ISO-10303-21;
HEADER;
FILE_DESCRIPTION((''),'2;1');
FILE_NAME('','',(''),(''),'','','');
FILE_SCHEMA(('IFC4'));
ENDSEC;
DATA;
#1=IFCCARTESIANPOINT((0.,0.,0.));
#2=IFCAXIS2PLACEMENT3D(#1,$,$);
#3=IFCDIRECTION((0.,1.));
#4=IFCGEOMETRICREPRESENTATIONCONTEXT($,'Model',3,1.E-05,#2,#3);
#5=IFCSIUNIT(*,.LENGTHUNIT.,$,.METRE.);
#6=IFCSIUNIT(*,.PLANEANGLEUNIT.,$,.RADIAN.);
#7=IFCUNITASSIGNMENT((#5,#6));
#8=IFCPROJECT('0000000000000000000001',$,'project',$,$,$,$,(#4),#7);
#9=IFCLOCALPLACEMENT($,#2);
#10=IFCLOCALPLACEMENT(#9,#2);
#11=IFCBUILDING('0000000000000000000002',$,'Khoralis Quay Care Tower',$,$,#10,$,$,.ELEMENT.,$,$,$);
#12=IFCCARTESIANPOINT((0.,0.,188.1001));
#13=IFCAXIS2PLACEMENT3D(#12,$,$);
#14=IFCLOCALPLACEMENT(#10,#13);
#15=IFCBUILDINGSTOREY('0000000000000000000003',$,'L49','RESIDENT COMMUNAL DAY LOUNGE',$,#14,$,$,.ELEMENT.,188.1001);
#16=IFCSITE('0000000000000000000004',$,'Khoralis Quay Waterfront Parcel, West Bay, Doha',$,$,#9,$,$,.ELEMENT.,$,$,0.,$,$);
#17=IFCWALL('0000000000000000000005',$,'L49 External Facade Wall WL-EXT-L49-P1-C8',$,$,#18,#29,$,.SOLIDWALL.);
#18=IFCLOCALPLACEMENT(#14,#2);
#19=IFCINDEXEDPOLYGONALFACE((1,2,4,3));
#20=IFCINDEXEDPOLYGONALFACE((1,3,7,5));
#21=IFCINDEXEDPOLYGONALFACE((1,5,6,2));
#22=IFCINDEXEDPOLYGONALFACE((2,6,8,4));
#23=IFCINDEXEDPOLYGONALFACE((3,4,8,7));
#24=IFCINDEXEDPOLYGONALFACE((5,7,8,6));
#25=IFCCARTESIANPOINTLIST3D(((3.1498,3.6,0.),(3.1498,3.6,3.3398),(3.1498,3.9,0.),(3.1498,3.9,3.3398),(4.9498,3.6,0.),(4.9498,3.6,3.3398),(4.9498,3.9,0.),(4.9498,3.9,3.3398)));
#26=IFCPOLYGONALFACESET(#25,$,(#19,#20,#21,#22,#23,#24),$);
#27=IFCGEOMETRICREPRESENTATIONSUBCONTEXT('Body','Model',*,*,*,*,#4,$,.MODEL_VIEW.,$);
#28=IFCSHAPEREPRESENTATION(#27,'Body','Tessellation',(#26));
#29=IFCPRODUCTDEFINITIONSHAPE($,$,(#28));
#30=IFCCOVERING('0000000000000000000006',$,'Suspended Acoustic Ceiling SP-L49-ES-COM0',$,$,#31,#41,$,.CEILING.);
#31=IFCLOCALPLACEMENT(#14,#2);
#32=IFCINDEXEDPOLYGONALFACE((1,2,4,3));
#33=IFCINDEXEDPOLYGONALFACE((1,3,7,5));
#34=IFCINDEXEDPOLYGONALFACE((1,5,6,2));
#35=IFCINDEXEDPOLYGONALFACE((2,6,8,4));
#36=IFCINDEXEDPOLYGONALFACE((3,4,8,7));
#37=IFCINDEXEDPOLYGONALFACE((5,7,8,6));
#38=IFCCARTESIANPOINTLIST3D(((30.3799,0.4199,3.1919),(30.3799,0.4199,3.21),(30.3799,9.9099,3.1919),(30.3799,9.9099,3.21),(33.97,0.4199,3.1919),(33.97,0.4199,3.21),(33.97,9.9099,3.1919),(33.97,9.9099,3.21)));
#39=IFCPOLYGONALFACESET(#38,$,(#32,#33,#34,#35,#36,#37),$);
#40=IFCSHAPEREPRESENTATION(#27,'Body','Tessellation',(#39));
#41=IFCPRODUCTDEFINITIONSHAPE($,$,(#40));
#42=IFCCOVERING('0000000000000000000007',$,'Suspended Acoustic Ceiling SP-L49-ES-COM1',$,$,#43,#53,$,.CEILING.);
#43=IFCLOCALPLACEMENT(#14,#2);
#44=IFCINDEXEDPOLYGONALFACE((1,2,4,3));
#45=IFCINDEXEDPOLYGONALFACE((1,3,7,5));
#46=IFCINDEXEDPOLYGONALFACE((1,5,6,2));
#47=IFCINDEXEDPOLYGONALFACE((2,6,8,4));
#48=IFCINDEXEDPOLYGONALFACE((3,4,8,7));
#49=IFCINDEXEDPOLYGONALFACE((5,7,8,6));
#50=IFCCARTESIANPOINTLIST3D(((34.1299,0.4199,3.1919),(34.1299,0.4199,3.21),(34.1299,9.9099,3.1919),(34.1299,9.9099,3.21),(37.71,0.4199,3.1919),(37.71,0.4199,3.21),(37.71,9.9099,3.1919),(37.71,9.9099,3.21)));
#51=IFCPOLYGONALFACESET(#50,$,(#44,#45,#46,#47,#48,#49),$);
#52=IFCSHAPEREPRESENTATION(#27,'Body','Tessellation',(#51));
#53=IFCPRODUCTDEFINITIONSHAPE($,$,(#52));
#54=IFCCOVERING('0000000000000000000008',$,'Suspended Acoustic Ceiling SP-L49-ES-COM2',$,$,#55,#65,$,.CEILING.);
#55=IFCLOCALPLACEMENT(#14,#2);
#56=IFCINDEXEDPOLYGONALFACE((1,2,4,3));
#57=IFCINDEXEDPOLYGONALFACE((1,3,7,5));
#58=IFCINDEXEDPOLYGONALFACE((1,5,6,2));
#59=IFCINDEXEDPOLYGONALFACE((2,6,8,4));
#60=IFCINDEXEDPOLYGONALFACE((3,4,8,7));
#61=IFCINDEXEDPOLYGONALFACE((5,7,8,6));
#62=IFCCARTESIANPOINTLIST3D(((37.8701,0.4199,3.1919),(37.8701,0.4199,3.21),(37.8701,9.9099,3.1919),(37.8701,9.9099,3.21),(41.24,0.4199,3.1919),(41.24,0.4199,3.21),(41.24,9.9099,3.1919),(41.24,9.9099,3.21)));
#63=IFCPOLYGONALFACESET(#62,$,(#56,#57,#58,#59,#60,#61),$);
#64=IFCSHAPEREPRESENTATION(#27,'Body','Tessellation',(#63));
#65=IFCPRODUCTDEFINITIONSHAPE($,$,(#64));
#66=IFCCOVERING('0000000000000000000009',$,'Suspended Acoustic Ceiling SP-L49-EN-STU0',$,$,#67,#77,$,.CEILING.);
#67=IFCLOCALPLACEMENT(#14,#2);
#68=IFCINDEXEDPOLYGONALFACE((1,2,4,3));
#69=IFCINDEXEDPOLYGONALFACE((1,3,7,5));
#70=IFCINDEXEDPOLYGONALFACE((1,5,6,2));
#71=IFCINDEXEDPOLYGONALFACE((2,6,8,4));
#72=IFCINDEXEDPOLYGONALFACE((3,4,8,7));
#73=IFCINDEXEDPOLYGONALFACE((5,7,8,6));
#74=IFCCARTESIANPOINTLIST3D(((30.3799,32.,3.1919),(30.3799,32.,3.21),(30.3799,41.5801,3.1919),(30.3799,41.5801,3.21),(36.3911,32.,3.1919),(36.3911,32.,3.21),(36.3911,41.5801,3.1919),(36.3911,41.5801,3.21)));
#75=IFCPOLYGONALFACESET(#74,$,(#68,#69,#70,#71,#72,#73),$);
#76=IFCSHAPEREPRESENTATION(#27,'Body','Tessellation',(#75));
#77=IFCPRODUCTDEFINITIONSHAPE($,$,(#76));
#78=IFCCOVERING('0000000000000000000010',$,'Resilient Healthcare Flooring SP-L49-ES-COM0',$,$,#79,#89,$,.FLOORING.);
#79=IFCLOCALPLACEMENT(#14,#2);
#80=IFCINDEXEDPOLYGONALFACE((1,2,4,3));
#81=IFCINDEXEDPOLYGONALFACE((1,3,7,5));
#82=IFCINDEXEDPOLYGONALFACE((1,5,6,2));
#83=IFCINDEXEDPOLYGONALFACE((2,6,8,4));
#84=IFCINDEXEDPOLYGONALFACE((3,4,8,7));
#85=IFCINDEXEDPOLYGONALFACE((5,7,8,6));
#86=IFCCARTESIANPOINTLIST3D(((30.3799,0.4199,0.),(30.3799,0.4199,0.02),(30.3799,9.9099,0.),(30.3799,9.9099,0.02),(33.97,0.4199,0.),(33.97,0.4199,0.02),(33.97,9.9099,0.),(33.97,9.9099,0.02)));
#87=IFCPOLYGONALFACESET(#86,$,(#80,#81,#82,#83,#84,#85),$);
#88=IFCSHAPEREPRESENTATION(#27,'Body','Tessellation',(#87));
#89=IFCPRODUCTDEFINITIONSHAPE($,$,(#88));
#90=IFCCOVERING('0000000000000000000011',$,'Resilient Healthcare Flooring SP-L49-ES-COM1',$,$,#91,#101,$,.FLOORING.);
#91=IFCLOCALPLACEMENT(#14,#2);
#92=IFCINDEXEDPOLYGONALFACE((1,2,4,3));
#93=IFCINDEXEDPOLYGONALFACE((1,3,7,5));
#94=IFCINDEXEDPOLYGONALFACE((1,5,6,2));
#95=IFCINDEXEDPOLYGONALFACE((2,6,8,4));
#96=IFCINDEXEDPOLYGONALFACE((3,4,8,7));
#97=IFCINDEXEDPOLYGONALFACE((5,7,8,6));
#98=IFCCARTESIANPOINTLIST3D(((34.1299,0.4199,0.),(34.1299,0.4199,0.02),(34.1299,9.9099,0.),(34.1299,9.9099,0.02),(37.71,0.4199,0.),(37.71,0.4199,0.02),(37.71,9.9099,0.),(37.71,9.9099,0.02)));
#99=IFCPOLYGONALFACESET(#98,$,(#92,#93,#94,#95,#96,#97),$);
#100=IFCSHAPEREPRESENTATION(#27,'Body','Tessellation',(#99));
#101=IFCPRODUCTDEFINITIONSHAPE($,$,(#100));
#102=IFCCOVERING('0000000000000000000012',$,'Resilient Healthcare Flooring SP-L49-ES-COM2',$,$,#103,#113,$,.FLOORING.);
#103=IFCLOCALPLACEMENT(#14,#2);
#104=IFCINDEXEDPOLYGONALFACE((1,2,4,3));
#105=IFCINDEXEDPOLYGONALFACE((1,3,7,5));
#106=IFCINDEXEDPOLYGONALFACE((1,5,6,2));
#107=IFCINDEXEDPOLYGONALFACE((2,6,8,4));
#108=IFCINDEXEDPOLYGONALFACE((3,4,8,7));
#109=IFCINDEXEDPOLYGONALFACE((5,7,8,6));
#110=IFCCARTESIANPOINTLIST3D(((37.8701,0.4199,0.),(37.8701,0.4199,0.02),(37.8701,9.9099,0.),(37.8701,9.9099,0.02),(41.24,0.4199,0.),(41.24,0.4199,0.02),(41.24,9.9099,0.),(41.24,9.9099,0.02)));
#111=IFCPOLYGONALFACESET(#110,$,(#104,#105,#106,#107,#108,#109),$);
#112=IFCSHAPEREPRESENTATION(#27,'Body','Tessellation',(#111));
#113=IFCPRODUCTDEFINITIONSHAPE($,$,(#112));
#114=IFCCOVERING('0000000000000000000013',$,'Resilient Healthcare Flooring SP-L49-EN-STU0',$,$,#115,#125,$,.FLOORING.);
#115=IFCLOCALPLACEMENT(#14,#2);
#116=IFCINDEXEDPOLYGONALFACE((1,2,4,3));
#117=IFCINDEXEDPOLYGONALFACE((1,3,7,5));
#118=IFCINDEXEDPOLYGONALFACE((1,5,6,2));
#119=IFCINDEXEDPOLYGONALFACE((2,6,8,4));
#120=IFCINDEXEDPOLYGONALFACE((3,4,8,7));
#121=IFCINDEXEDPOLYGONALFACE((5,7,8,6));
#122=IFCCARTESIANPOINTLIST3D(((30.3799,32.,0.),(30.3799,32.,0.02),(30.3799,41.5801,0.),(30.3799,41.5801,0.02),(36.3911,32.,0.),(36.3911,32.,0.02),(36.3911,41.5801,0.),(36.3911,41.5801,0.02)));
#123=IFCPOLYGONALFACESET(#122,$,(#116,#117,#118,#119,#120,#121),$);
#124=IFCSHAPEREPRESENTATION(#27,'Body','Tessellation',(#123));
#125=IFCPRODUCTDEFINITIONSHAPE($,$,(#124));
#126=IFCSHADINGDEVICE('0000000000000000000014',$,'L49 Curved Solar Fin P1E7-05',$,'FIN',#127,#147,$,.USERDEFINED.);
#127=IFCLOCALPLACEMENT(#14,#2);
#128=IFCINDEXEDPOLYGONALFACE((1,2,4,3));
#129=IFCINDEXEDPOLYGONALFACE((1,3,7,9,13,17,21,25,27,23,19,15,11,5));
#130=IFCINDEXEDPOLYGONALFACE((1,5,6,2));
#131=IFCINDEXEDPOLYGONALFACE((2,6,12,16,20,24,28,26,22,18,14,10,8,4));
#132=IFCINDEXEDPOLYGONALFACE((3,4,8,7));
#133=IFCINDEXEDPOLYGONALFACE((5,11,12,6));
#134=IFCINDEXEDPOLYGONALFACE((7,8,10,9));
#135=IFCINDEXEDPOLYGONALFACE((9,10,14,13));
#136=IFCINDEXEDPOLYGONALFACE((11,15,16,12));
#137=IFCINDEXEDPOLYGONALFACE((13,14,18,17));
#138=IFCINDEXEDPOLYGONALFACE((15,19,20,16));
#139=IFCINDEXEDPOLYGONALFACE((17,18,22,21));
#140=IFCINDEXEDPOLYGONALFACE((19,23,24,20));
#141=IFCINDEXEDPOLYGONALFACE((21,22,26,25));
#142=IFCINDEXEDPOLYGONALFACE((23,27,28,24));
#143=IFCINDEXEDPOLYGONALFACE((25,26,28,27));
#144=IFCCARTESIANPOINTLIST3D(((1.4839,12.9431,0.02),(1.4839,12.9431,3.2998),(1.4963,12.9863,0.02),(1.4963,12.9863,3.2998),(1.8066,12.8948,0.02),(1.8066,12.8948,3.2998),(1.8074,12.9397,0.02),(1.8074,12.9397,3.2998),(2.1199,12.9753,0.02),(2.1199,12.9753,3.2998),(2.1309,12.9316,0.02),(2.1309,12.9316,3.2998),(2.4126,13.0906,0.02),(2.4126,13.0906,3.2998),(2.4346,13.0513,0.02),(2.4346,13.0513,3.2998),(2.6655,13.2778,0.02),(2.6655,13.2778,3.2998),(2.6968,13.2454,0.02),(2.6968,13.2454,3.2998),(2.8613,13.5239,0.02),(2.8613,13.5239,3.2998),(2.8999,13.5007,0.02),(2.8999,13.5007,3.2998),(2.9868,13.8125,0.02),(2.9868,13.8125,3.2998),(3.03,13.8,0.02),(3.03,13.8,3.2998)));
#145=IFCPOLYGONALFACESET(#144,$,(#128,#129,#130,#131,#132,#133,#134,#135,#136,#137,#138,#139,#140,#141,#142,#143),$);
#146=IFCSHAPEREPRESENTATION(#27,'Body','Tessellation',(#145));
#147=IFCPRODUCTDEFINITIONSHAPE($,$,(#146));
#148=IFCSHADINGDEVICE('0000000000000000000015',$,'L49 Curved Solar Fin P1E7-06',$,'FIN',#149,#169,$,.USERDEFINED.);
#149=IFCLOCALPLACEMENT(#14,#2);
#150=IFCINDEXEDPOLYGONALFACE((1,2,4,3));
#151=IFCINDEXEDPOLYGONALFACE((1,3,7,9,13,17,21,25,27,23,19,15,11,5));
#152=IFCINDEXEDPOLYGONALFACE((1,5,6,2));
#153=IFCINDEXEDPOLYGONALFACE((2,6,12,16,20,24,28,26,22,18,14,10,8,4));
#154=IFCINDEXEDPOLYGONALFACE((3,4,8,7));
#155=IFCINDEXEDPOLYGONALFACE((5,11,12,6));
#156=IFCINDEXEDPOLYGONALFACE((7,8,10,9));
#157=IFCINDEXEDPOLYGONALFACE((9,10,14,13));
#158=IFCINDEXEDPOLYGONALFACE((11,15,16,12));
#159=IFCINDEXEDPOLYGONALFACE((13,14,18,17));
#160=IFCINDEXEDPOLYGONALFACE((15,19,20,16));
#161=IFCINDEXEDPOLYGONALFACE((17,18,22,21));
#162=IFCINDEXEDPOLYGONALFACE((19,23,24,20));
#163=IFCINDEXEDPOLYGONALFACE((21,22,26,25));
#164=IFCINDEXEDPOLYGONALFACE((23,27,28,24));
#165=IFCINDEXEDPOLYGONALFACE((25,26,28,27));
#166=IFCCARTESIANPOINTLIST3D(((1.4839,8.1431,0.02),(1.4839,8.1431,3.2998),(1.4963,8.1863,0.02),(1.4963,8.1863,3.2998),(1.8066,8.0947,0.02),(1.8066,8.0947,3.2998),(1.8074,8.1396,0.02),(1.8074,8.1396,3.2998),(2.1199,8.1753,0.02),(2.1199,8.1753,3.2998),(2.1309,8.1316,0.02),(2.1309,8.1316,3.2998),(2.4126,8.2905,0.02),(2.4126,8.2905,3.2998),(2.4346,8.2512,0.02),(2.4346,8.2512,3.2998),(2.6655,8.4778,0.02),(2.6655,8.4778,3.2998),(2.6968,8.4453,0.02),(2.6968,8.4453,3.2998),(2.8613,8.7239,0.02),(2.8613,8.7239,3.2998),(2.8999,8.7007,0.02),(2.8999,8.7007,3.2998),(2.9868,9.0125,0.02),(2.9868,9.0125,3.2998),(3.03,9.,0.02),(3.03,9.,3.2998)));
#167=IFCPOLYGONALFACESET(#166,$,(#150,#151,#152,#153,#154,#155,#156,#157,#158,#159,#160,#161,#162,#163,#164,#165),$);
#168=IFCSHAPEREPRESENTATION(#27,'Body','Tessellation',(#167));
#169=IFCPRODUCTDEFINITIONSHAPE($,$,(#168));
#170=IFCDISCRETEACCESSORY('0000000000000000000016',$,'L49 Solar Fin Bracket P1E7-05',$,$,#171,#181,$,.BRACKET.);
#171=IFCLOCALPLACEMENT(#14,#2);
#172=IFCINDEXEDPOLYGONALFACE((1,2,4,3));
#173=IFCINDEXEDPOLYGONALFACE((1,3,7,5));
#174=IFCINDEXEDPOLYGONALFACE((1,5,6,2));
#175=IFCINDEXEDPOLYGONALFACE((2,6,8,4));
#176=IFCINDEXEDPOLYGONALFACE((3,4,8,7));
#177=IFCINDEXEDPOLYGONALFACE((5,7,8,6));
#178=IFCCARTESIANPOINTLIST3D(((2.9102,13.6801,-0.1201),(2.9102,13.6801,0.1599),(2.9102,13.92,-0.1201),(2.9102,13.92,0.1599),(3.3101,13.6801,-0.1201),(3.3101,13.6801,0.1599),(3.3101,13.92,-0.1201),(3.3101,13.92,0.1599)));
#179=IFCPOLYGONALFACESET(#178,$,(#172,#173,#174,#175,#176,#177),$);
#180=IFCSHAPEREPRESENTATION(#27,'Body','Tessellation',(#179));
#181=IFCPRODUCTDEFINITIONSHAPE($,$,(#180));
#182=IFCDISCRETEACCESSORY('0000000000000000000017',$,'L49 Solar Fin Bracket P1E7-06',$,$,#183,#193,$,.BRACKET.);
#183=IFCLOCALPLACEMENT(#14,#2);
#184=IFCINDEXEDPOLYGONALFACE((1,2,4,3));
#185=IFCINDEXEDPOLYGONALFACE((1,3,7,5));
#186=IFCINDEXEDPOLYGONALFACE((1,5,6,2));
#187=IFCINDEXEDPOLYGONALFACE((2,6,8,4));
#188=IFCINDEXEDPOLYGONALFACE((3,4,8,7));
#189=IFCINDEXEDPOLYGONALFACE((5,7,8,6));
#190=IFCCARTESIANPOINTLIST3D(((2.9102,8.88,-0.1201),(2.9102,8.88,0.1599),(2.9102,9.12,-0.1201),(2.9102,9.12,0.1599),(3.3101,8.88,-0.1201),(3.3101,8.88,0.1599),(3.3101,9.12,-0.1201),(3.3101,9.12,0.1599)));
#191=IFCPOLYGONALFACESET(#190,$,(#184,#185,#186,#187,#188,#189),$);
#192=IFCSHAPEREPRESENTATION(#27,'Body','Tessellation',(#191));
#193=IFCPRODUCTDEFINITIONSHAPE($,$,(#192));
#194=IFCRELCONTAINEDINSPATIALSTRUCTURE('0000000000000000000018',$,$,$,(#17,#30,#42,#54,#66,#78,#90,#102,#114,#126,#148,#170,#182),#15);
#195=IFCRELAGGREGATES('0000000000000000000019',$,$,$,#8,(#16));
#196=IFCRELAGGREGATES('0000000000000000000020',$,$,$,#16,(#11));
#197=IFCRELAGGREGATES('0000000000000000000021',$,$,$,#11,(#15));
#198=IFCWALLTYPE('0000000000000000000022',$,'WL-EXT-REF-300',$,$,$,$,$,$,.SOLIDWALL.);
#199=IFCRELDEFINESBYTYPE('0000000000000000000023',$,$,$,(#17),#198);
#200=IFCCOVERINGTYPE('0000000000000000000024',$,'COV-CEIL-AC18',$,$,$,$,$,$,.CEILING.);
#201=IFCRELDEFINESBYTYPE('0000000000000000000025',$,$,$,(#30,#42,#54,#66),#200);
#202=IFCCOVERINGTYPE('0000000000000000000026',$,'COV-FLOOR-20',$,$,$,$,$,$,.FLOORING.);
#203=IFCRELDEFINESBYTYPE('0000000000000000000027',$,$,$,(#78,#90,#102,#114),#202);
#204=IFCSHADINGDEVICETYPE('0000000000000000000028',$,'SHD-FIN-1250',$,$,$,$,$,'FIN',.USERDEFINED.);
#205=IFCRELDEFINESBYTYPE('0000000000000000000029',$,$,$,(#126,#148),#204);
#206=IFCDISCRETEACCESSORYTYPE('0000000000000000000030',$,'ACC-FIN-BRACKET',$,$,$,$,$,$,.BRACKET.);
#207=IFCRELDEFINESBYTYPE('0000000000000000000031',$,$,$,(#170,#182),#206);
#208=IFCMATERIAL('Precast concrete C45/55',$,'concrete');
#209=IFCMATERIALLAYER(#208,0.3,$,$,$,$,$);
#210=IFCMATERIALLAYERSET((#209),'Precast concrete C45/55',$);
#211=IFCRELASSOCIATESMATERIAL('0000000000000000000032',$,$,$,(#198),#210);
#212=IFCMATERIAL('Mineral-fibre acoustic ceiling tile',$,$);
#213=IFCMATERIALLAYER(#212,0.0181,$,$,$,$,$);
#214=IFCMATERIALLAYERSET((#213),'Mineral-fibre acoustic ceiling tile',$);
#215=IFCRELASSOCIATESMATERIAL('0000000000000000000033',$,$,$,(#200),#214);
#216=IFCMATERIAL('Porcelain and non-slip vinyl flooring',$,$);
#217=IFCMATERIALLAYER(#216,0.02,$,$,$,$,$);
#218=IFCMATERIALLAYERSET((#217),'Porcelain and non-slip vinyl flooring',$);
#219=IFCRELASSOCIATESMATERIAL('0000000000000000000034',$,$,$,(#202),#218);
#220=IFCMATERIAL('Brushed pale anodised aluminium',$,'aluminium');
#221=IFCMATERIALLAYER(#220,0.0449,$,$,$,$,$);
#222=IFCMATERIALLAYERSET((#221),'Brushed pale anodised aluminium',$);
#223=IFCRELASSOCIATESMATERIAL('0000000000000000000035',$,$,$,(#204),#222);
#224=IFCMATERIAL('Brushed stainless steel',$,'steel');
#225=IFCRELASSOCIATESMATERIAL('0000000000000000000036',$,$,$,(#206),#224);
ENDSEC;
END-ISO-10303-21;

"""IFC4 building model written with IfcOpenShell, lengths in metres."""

from ifc_helpers import new_model, si_unit, direction, frame, frame_2d, origin, origin_2d, place, context, subcontext, project, spatial, polyline, rectangle, outline, extrude, source, transform, mapped, material, layer, layer_set, type_object, element, save


model = new_model("IFC4")

# Units and contexts
model_context = context("Model", 3, precision=1e-05, world=origin(), true_north=direction((0.0, 1.0)))
body_context = subcontext(model_context, "Body", "Model", "MODEL_VIEW")
ifc_project = project(units=[si_unit("LENGTHUNIT", "METRE"), si_unit("PLANEANGLEUNIT", "RADIAN")], contexts=[model_context])

# Site, building, storey
site_placement = place(None, origin())
site = spatial("IfcSite", under=ifc_project, at=site_placement, Name="Khoralis Quay Waterfront Parcel, West Bay, Doha", CompositionType="ELEMENT", RefElevation=0.0)
building_placement = place(site_placement, origin())
building = spatial("IfcBuilding", under=site, at=building_placement, Name="Khoralis Quay Care Tower", CompositionType="ELEMENT")
storey_placement = place(building_placement, frame((0.0, 0.0, 188.1001)))
storey = spatial("IfcBuildingStorey", under=building, at=storey_placement, Name="L49", Description="RESIDENT COMMUNAL DAY LOUNGE", CompositionType="ELEMENT", Elevation=188.1001)

# Wall
ifc_material_1 = material(Name="Precast concrete C45/55", Category="concrete")
ifc_layer_1 = layer(ifc_material_1, 0.3)
ifc_layer_set_1 = layer_set([ifc_layer_1], Name="Precast concrete C45/55")
wall_type_1 = type_object("IfcWallType", Name="WL-EXT-REF-300", PredefinedType="SOLIDWALL", material=ifc_layer_set_1)
wall_1_placement = place(storey_placement, frame((3.1499, 3.75, 0.0), z_axis=(0.0, 0.0, 1.0), x_axis=(1.0, 0.0, 0.0)))
element("IfcWall", 1, at=wall_1_placement, inside=storey, type_object=wall_type_1, Name="L49 External Facade Wall WL-EXT-L49-P1-C8", PredefinedType="SOLIDWALL", context=body_context, shape_type="SweptSolid", body=[
    extrude(rectangle(XDim=1.8, YDim=0.3, at=frame_2d((0.8999, 0.0))), origin(), (0.0, 0.0, 1.0), 3.3398),
])

# Coverings
ifc_material_2 = material(Name="Mineral-fibre acoustic ceiling tile")
ifc_layer_2 = layer(ifc_material_2, 0.0181)
ifc_layer_set_2 = layer_set([ifc_layer_2], Name="Mineral-fibre acoustic ceiling tile")
covering_type_1 = type_object("IfcCoveringType", Name="COV-CEIL-AC18", PredefinedType="CEILING", material=ifc_layer_set_2)
covering_1_placement = place(storey_placement, frame((0.0, 0.0, 3.1919)))
element("IfcCovering", 2, at=covering_1_placement, inside=storey, type_object=covering_type_1, Name="Suspended Acoustic Ceiling SP-L49-ES-COM0", PredefinedType="CEILING", context=body_context, shape_type="SweptSolid", body=[
    extrude(outline(polyline([(30.3799, 0.4199), (33.97, 0.4199), (33.97, 9.9099), (30.3799, 9.9099), (30.3799, 0.4199)])), origin(), (0.0, 0.0, 1.0), 0.0181),
])
covering_2_placement = place(storey_placement, frame((0.0, 0.0, 3.1919)))
element("IfcCovering", 3, at=covering_2_placement, inside=storey, type_object=covering_type_1, Name="Suspended Acoustic Ceiling SP-L49-ES-COM1", PredefinedType="CEILING", context=body_context, shape_type="SweptSolid", body=[
    extrude(outline(polyline([(34.1299, 0.4199), (37.71, 0.4199), (37.71, 9.9099), (34.1299, 9.9099), (34.1299, 0.4199)])), origin(), (0.0, 0.0, 1.0), 0.0181),
])
covering_3_placement = place(storey_placement, frame((0.0, 0.0, 3.1919)))
element("IfcCovering", 4, at=covering_3_placement, inside=storey, type_object=covering_type_1, Name="Suspended Acoustic Ceiling SP-L49-ES-COM2", PredefinedType="CEILING", context=body_context, shape_type="SweptSolid", body=[
    extrude(outline(polyline([(37.8701, 0.4199), (41.24, 0.4199), (41.24, 9.9099), (37.8701, 9.9099), (37.8701, 0.4199)])), origin(), (0.0, 0.0, 1.0), 0.0181),
])
covering_4_placement = place(storey_placement, frame((0.0, 0.0, 3.1919)))
element("IfcCovering", 5, at=covering_4_placement, inside=storey, type_object=covering_type_1, Name="Suspended Acoustic Ceiling SP-L49-EN-STU0", PredefinedType="CEILING", context=body_context, shape_type="SweptSolid", body=[
    extrude(outline(polyline([(30.3799, 32.0), (36.3911, 32.0), (36.3911, 41.5801), (30.3799, 41.5801), (30.3799, 32.0)])), origin(), (0.0, 0.0, 1.0), 0.0181),
])
ifc_material_3 = material(Name="Porcelain and non-slip vinyl flooring")
ifc_layer_3 = layer(ifc_material_3, 0.02)
ifc_layer_set_3 = layer_set([ifc_layer_3], Name="Porcelain and non-slip vinyl flooring")
covering_type_2 = type_object("IfcCoveringType", Name="COV-FLOOR-20", PredefinedType="FLOORING", material=ifc_layer_set_3)
covering_5_placement = place(storey_placement, origin())
element("IfcCovering", 6, at=covering_5_placement, inside=storey, type_object=covering_type_2, Name="Resilient Healthcare Flooring SP-L49-ES-COM0", PredefinedType="FLOORING", context=body_context, shape_type="SweptSolid", body=[
    extrude(outline(polyline([(30.3799, 0.4199), (33.97, 0.4199), (33.97, 9.9099), (30.3799, 9.9099), (30.3799, 0.4199)])), origin(), (0.0, 0.0, 1.0), 0.02),
])
covering_6_placement = place(storey_placement, origin())
element("IfcCovering", 7, at=covering_6_placement, inside=storey, type_object=covering_type_2, Name="Resilient Healthcare Flooring SP-L49-ES-COM1", PredefinedType="FLOORING", context=body_context, shape_type="SweptSolid", body=[
    extrude(outline(polyline([(34.1299, 0.4199), (37.71, 0.4199), (37.71, 9.9099), (34.1299, 9.9099), (34.1299, 0.4199)])), origin(), (0.0, 0.0, 1.0), 0.02),
])
covering_7_placement = place(storey_placement, origin())
element("IfcCovering", 8, at=covering_7_placement, inside=storey, type_object=covering_type_2, Name="Resilient Healthcare Flooring SP-L49-ES-COM2", PredefinedType="FLOORING", context=body_context, shape_type="SweptSolid", body=[
    extrude(outline(polyline([(37.8701, 0.4199), (41.24, 0.4199), (41.24, 9.9099), (37.8701, 9.9099), (37.8701, 0.4199)])), origin(), (0.0, 0.0, 1.0), 0.02),
])
covering_8_placement = place(storey_placement, origin())
element("IfcCovering", 9, at=covering_8_placement, inside=storey, type_object=covering_type_2, Name="Resilient Healthcare Flooring SP-L49-EN-STU0", PredefinedType="FLOORING", context=body_context, shape_type="SweptSolid", body=[
    extrude(outline(polyline([(30.3799, 32.0), (36.3911, 32.0), (36.3911, 41.5801), (30.3799, 41.5801), (30.3799, 32.0)])), origin(), (0.0, 0.0, 1.0), 0.02),
])

# Shading devices
ifc_material_4 = material(Name="Brushed pale anodised aluminium", Category="aluminium")
ifc_layer_4 = layer(ifc_material_4, 0.0449)
ifc_layer_set_4 = layer_set([ifc_layer_4], Name="Brushed pale anodised aluminium")
shading_device_type = type_object("IfcShadingDeviceType", Name="SHD-FIN-1250", ElementType="FIN", PredefinedType="USERDEFINED", material=ifc_layer_set_4)
shared_shape_1 = source(origin(), body_context, "Body", "SweptSolid", [
    extrude(outline(polyline([(0.0, 0.0), (0.1301, 0.2993), (0.3333, 0.5547), (0.5955, 0.7488), (0.8992, 0.8684), (1.2234, 0.9053), (1.5461, 0.8569), (1.5337, 0.8137), (1.2227, 0.8604), (0.9102, 0.8247), (0.6174, 0.7095), (0.3645, 0.5222), (0.1687, 0.2761), (0.0432, -0.0125), (0.0, 0.0)])), origin(), (0.0, 0.0, 1.0), 3.2798),
])
for number, where, z_axis, x_axis, name in (
    (10, (3.03, 13.8, 0.02), (0.0, 0.0, 1.0), (-1.0, 0.0, 0.0), "L49 Curved Solar Fin P1E7-05"),
    (11, (3.03, 9.0, 0.02), (0.0, 0.0, 1.0), (-1.0, 0.0, 0.0), "L49 Curved Solar Fin P1E7-06"),
):
    element("IfcShadingDevice", number, at=place(storey_placement, frame(where, z_axis=z_axis, x_axis=x_axis)), inside=storey, type_object=shading_device_type, Name=name, ObjectType="FIN", PredefinedType="USERDEFINED", context=body_context, shape_type="MappedRepresentation", body=[
        mapped(shared_shape_1, transform((0.0, 0.0, 0.0), scale=1.0)),
    ])

# Discrete accessories
ifc_material_5 = material(Name="Brushed stainless steel", Category="steel")
discrete_accessory_type = type_object("IfcDiscreteAccessoryType", Name="ACC-FIN-BRACKET", PredefinedType="BRACKET", material=ifc_material_5)
shared_shape_2 = source(origin(), body_context, "Body", "SweptSolid", [
    extrude(rectangle(XDim=0.3999, YDim=0.24, at=origin_2d()), origin(), (0.0, 0.0, 1.0), 0.28),
])
for number, where, z_axis, x_axis, name in (
    (12, (3.1101, 13.8, -0.1201), (0.0, 0.0, 1.0), (-1.0, 0.0, 0.0), "L49 Solar Fin Bracket P1E7-05"),
    (13, (3.1101, 9.0, -0.1201), (0.0, 0.0, 1.0), (-1.0, 0.0, 0.0), "L49 Solar Fin Bracket P1E7-06"),
):
    element("IfcDiscreteAccessory", number, at=place(storey_placement, frame(where, z_axis=z_axis, x_axis=x_axis)), inside=storey, type_object=discrete_accessory_type, Name=name, PredefinedType="BRACKET", context=body_context, shape_type="MappedRepresentation", body=[
        mapped(shared_shape_2, transform((0.0, 0.0, 0.0), scale=1.0)),
    ])

save(model, "model.ifc")
